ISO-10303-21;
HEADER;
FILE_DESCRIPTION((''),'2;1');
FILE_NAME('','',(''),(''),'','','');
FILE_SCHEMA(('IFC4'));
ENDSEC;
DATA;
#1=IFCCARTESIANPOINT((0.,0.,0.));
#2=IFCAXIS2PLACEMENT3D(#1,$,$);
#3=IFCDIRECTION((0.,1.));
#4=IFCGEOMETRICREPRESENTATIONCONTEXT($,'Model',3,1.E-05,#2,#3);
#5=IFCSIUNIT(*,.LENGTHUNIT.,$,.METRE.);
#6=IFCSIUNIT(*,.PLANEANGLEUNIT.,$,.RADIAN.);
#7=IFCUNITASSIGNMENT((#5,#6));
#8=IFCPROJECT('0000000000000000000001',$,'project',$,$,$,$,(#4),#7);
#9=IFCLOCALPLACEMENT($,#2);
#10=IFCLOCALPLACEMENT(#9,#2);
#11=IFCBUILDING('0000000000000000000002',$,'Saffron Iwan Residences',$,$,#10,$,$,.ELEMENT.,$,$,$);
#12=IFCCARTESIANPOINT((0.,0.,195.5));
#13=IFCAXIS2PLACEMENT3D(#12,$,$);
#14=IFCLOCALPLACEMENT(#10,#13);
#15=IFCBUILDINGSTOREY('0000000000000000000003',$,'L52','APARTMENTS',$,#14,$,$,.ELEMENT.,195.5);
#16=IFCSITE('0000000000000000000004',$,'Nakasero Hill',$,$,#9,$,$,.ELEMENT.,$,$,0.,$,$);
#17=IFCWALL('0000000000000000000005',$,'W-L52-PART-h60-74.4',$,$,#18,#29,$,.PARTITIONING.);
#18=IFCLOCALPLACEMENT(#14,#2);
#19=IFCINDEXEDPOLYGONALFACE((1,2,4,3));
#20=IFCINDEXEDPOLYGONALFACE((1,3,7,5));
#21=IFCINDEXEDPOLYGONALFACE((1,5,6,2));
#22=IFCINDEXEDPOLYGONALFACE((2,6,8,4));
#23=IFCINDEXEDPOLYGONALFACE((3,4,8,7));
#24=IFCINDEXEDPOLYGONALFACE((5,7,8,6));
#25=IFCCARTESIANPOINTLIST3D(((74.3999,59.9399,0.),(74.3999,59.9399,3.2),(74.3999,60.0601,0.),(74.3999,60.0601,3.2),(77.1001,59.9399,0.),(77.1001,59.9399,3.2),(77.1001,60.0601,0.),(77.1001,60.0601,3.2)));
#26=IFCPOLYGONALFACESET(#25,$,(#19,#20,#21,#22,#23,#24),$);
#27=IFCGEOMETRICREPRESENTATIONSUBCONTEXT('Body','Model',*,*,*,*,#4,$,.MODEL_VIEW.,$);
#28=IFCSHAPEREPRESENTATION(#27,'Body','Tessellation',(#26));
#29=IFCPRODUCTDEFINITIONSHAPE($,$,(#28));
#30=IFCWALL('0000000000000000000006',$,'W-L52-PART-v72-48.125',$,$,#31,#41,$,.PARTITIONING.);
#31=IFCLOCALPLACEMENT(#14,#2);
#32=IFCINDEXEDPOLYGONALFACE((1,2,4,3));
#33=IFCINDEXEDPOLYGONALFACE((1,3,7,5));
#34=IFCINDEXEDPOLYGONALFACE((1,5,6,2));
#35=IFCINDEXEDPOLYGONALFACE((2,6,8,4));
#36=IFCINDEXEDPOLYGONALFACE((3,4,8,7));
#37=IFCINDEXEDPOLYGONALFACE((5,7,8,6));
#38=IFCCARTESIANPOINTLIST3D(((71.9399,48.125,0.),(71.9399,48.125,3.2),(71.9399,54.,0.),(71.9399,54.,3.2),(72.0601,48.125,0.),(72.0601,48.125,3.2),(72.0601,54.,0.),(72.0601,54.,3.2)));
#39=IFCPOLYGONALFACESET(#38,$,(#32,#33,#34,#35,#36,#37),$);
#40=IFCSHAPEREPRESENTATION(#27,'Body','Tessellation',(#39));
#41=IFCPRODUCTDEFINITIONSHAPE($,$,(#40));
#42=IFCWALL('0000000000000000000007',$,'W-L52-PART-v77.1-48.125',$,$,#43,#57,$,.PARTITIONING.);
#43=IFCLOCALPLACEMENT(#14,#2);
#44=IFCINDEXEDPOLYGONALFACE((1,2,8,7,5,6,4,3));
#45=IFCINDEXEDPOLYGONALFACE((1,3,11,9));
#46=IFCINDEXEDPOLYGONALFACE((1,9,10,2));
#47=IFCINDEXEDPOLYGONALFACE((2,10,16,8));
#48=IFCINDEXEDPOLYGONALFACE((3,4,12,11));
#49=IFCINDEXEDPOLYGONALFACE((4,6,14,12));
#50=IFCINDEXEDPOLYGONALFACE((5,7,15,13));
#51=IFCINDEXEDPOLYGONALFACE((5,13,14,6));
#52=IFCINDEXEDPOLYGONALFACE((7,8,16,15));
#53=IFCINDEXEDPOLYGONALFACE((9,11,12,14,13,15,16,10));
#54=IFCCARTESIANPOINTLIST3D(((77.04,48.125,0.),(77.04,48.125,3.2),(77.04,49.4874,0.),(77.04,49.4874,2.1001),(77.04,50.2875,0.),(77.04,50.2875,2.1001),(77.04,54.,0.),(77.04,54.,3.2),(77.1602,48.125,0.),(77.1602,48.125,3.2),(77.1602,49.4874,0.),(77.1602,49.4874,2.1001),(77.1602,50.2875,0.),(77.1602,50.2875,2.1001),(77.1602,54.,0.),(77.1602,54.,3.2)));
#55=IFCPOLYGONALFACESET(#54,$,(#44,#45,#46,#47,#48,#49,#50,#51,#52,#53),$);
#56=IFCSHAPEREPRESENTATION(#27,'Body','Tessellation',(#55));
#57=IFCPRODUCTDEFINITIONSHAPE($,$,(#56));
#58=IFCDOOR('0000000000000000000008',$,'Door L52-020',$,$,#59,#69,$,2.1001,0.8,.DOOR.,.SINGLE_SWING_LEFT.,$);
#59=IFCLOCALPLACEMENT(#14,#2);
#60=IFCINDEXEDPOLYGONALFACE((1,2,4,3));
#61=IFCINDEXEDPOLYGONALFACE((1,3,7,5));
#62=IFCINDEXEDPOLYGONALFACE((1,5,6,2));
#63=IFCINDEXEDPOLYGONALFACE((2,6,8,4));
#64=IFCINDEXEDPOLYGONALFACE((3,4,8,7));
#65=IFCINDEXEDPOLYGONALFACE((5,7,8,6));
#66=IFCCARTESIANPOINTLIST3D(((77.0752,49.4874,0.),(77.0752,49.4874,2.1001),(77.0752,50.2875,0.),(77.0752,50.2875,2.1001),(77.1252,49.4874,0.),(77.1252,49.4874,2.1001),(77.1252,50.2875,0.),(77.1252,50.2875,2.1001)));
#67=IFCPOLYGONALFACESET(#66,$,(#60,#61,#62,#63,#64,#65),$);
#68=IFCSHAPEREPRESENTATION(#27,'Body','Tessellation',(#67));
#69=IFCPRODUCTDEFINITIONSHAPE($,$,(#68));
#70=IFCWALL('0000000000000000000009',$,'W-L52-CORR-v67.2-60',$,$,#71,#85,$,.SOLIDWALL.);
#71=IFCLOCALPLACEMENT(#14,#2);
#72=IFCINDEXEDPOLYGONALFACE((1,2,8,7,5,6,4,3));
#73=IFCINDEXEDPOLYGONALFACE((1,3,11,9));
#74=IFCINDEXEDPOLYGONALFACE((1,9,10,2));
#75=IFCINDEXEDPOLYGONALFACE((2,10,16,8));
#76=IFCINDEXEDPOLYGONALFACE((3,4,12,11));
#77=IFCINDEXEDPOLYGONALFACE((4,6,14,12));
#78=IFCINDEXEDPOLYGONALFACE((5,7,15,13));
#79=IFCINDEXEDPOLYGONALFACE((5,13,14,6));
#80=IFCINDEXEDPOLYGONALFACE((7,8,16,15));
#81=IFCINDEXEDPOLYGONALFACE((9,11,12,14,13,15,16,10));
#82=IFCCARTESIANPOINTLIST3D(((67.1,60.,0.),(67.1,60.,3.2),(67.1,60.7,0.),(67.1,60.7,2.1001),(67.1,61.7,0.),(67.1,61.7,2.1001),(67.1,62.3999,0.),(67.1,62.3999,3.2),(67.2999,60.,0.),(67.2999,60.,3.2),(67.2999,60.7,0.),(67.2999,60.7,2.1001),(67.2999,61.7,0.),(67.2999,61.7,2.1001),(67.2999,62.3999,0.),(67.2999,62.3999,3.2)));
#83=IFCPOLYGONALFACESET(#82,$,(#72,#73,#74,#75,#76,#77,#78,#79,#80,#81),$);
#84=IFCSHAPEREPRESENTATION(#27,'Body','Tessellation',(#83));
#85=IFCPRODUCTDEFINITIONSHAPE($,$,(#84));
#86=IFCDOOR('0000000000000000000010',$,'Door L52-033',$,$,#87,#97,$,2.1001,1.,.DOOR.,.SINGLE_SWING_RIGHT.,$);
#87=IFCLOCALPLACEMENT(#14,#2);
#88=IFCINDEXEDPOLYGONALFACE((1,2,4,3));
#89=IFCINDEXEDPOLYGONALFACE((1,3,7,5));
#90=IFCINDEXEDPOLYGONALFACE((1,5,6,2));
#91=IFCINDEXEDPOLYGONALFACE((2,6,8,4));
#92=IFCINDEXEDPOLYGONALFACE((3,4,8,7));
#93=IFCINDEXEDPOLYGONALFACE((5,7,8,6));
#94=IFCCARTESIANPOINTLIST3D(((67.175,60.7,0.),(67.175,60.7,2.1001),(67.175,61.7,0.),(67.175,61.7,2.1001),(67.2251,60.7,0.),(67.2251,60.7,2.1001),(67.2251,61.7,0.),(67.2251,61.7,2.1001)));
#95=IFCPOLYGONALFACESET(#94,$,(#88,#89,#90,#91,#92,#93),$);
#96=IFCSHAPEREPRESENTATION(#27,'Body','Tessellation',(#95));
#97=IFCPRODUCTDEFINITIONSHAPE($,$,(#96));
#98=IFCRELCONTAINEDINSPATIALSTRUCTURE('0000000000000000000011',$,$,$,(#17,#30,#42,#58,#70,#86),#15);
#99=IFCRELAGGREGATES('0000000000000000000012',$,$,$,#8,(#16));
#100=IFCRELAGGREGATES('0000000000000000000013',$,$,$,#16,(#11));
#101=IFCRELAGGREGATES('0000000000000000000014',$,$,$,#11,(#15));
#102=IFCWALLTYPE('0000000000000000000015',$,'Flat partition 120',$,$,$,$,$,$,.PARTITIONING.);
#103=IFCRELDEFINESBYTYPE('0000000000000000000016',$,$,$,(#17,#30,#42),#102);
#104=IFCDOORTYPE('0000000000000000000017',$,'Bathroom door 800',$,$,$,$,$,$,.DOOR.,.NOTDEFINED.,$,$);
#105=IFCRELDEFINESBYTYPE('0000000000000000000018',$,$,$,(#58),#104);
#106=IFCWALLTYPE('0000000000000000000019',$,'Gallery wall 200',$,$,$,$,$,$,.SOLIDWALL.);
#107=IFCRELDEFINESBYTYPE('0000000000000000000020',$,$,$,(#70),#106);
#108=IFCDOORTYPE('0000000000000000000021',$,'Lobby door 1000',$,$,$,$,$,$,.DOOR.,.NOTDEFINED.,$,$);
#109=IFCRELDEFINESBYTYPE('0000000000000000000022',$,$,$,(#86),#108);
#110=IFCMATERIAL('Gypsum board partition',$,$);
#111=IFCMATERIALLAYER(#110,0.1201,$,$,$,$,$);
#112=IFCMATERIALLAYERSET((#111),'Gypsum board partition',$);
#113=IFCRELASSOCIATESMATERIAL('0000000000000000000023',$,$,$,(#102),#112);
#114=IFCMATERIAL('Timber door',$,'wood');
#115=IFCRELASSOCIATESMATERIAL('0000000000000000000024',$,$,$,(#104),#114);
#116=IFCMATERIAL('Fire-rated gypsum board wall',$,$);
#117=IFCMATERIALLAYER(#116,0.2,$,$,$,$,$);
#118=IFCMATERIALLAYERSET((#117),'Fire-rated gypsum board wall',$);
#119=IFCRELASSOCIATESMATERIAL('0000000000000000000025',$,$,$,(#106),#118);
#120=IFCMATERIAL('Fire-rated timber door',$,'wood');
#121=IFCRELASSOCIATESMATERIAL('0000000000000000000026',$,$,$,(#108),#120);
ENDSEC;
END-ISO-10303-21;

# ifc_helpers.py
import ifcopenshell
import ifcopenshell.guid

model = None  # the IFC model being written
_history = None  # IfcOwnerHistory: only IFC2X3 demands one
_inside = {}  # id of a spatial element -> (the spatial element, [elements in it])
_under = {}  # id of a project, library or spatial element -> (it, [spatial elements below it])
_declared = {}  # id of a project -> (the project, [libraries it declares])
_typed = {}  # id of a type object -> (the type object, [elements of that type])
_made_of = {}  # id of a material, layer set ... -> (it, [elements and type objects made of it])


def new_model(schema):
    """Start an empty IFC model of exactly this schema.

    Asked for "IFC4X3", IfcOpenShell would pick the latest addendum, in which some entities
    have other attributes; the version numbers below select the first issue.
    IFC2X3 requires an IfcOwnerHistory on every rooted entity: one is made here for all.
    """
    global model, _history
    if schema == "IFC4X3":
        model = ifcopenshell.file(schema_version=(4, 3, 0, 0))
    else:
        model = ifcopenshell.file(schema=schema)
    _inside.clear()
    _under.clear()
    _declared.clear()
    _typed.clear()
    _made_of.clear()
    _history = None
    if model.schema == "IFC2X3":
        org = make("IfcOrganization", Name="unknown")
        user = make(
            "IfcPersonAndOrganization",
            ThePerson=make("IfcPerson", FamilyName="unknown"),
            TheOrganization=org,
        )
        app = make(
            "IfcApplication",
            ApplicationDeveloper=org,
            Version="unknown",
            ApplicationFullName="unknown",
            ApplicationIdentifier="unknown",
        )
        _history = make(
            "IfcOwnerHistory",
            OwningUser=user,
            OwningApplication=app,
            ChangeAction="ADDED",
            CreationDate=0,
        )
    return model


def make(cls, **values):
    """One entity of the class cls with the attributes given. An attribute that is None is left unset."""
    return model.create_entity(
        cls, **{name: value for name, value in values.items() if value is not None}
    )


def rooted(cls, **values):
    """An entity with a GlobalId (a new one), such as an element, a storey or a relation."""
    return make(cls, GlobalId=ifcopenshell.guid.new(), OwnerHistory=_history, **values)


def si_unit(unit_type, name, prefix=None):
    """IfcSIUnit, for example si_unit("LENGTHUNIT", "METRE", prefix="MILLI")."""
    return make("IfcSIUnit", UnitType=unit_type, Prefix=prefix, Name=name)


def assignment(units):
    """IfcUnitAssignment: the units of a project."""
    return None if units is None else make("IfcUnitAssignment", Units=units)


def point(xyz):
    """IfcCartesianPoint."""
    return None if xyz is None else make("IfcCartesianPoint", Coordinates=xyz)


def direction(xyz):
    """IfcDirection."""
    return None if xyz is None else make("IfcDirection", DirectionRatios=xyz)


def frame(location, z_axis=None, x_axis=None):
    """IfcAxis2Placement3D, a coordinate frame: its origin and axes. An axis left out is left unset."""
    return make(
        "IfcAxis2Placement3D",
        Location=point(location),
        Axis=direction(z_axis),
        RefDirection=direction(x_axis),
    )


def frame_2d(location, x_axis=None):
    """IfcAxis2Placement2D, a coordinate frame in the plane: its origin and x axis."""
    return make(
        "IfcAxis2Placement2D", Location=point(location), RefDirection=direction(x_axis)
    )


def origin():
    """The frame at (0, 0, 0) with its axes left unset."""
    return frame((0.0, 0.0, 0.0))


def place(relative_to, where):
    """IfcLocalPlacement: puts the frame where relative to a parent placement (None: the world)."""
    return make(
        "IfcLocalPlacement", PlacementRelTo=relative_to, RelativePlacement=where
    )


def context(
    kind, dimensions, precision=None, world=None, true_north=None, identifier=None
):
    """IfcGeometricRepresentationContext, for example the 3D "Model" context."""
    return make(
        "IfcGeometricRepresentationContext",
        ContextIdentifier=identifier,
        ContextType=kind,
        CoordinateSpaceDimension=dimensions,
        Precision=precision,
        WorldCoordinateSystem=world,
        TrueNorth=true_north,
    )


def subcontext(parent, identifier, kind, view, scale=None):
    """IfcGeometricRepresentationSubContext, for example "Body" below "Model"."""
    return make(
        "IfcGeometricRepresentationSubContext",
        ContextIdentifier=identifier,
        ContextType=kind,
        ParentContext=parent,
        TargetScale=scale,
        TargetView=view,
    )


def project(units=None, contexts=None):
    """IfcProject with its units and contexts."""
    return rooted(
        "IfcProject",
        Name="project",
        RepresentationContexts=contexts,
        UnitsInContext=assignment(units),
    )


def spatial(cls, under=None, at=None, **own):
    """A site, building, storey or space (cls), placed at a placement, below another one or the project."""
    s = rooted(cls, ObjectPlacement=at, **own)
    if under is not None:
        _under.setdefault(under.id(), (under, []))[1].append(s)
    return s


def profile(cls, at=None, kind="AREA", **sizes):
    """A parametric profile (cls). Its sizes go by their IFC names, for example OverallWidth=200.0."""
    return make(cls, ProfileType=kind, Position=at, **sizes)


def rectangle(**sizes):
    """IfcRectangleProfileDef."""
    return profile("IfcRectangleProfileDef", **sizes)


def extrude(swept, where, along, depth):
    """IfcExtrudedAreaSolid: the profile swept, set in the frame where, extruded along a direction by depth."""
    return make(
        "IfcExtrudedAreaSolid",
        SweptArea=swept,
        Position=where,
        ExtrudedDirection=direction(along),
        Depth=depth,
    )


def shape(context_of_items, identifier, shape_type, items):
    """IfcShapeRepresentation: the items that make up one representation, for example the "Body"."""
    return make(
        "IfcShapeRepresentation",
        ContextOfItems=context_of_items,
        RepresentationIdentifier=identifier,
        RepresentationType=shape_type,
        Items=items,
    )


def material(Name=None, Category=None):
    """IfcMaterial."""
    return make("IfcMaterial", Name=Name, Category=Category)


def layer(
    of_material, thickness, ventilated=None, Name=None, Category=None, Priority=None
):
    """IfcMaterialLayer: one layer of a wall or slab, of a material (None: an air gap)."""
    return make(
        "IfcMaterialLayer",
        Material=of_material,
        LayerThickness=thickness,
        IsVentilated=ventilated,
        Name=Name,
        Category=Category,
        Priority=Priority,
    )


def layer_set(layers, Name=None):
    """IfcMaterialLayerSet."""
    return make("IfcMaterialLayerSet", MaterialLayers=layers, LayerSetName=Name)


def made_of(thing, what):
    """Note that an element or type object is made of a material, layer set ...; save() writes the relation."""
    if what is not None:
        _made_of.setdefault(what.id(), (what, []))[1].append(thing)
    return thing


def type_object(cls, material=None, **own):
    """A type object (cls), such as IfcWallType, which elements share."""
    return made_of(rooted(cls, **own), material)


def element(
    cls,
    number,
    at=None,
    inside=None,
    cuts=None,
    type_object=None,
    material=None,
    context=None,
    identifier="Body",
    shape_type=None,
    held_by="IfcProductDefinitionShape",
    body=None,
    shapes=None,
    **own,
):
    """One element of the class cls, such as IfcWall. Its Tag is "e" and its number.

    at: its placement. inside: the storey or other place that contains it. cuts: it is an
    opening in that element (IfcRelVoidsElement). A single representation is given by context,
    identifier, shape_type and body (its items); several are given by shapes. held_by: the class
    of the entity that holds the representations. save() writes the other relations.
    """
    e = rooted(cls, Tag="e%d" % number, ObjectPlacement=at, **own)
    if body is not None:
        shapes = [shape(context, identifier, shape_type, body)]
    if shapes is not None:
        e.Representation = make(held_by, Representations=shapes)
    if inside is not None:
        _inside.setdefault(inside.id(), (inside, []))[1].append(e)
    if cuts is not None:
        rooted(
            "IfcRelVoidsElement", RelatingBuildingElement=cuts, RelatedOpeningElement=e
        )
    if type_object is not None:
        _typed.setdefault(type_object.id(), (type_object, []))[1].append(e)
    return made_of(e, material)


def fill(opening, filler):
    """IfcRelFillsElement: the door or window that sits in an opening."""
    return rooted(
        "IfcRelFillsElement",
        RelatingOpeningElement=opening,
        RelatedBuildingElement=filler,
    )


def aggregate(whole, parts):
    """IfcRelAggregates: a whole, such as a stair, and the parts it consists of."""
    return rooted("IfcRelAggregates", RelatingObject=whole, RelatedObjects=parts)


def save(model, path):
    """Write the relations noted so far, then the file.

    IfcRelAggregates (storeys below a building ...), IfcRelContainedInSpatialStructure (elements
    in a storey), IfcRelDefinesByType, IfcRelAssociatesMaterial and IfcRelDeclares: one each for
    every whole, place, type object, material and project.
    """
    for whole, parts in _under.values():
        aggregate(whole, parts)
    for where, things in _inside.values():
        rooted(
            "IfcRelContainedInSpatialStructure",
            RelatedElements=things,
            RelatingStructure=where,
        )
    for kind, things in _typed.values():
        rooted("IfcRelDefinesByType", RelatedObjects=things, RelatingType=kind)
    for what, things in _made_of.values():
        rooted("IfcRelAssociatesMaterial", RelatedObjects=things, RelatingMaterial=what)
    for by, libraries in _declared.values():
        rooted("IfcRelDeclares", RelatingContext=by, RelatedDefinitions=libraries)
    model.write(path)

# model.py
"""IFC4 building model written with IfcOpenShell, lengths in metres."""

from ifc_helpers import new_model, si_unit, direction, frame, frame_2d, origin, place, context, subcontext, project, spatial, rectangle, extrude, material, layer, layer_set, type_object, element, fill, save


model = new_model("IFC4")

# Units and contexts
model_context = context("Model", 3, precision=1e-05, world=origin(), true_north=direction((0.0, 1.0)))
body_context = subcontext(model_context, "Body", "Model", "MODEL_VIEW")
ifc_project = project(units=[si_unit("LENGTHUNIT", "METRE"), si_unit("PLANEANGLEUNIT", "RADIAN")], contexts=[model_context])

# Site, building, storey
site_placement = place(None, origin())
site = spatial("IfcSite", under=ifc_project, at=site_placement, Name="Nakasero Hill", CompositionType="ELEMENT", RefElevation=0.0)
building_placement = place(site_placement, origin())
building = spatial("IfcBuilding", under=site, at=building_placement, Name="Saffron Iwan Residences", CompositionType="ELEMENT")
storey_placement = place(building_placement, frame((0.0, 0.0, 195.5)))
storey = spatial("IfcBuildingStorey", under=building, at=storey_placement, Name="L52", Description="APARTMENTS", CompositionType="ELEMENT", Elevation=195.5)

# Shared definitions
ifc_material_1 = material(Name="Fire-rated gypsum board wall")
ifc_material_2 = material(Name="Gypsum board partition")
ifc_layer_1 = layer(ifc_material_2, 0.1201)
ifc_layer_set_1 = layer_set([ifc_layer_1], Name="Gypsum board partition")
wall_type_1 = type_object("IfcWallType", Name="Flat partition 120", PredefinedType="PARTITIONING", material=ifc_layer_set_1)

# Shared definitions
ifc_material_3 = material(Name="Timber door", Category="wood")
door_type_1 = type_object("IfcDoorType", Name="Bathroom door 800", OperationType="NOTDEFINED", PredefinedType="DOOR", material=ifc_material_3)

# Walls
wall_1_placement = place(storey_placement, frame((74.3999, 60.0, 0.0), z_axis=(0.0, 0.0, 1.0), x_axis=(1.0, 0.0, 0.0)))
element("IfcWall", 1, at=wall_1_placement, inside=storey, type_object=wall_type_1, Name="W-L52-PART-h60-74.4", PredefinedType="PARTITIONING", context=body_context, shape_type="SweptSolid", body=[
    extrude(rectangle(XDim=2.7002, YDim=0.1201, at=frame_2d((1.3501, 0.0))), origin(), (0.0, 0.0, 1.0), 3.2),
])
wall_2_placement = place(storey_placement, frame((72.0, 48.125, 0.0), z_axis=(0.0, 0.0, 1.0), x_axis=(0.0, 1.0, 0.0)))
element("IfcWall", 2, at=wall_2_placement, inside=storey, type_object=wall_type_1, Name="W-L52-PART-v72-48.125", PredefinedType="PARTITIONING", context=body_context, shape_type="SweptSolid", body=[
    extrude(rectangle(XDim=5.875, YDim=0.1201, at=frame_2d((2.9375, 0.0))), origin(), (0.0, 0.0, 1.0), 3.2),
])

# Walls, openings, doors
wall_3_placement = place(storey_placement, frame((77.1001, 48.125, 0.0), z_axis=(0.0, 0.0, 1.0), x_axis=(0.0, 1.0, 0.0)))
wall_3 = element("IfcWall", 3, at=wall_3_placement, inside=storey, type_object=wall_type_1, Name="W-L52-PART-v77.1-48.125", PredefinedType="PARTITIONING", context=body_context, shape_type="SweptSolid", body=[
    extrude(rectangle(XDim=5.875, YDim=0.1201, at=frame_2d((2.9375, 0.0))), origin(), (0.0, 0.0, 1.0), 3.2),
])
opening_1_placement = place(wall_3_placement, frame((1.3625, 0.0, 0.0)))
opening_1 = element("IfcOpeningElement", 4, at=opening_1_placement, cuts=wall_3, PredefinedType="OPENING", context=body_context, shape_type="SweptSolid", body=[
    extrude(rectangle(XDim=0.8, YDim=2.1001, at=frame_2d((0.3999, 1.05))), frame((0.0, 0.0701, 0.0), z_axis=(0.0, -1.0, 0.0), x_axis=(1.0, 0.0, 0.0)), (0.0, 0.0, 1.0), 0.1401),
])
door_1_placement = place(opening_1_placement, origin())
door_1 = element("IfcDoor", 5, at=door_1_placement, inside=storey, type_object=door_type_1, Name="Door L52-020", OperationType="SINGLE_SWING_LEFT", OverallHeight=2.1001, OverallWidth=0.8, PredefinedType="DOOR", context=body_context, shape_type="SweptSolid", body=[
    extrude(rectangle(XDim=0.8, YDim=2.1001, at=frame_2d((0.3999, 1.05))), frame((0.0, 0.0249, 0.0), z_axis=(0.0, -1.0, 0.0), x_axis=(1.0, 0.0, 0.0)), (0.0, 0.0, 1.0), 0.05),
])
fill(opening_1, door_1)
ifc_layer_2 = layer(ifc_material_1, 0.2)
ifc_layer_set_2 = layer_set([ifc_layer_2], Name="Fire-rated gypsum board wall")
wall_type_2 = type_object("IfcWallType", Name="Gallery wall 200", PredefinedType="SOLIDWALL", material=ifc_layer_set_2)
wall_4_placement = place(storey_placement, frame((67.2, 60.0, 0.0), z_axis=(0.0, 0.0, 1.0), x_axis=(0.0, 1.0, 0.0)))
wall_4 = element("IfcWall", 6, at=wall_4_placement, inside=storey, type_object=wall_type_2, Name="W-L52-CORR-v67.2-60", PredefinedType="SOLIDWALL", context=body_context, shape_type="SweptSolid", body=[
    extrude(rectangle(XDim=2.3999, YDim=0.2, at=frame_2d((1.2, 0.0))), origin(), (0.0, 0.0, 1.0), 3.2),
])
opening_2_placement = place(wall_4_placement, frame((0.7, 0.0, 0.0)))
opening_2 = element("IfcOpeningElement", 7, at=opening_2_placement, cuts=wall_4, PredefinedType="OPENING", context=body_context, shape_type="SweptSolid", body=[
    extrude(rectangle(XDim=1.0, YDim=2.1001, at=frame_2d((0.5, 1.05))), frame((0.0, 0.1099, 0.0), z_axis=(0.0, -1.0, 0.0), x_axis=(1.0, 0.0, 0.0)), (0.0, 0.0, 1.0), 0.22),
])
ifc_material_4 = material(Name="Fire-rated timber door", Category="wood")
door_type_2 = type_object("IfcDoorType", Name="Lobby door 1000", OperationType="NOTDEFINED", PredefinedType="DOOR", material=ifc_material_4)
door_2_placement = place(opening_2_placement, origin())
door_2 = element("IfcDoor", 8, at=door_2_placement, inside=storey, type_object=door_type_2, Name="Door L52-033", OperationType="SINGLE_SWING_RIGHT", OverallHeight=2.1001, OverallWidth=1.0, PredefinedType="DOOR", context=body_context, shape_type="SweptSolid", body=[
    extrude(rectangle(XDim=1.0, YDim=2.1001, at=frame_2d((0.5, 1.05))), frame((0.0, 0.0249, 0.0), z_axis=(0.0, -1.0, 0.0), x_axis=(1.0, 0.0, 0.0)), (0.0, 0.0, 1.0), 0.05),
])
fill(opening_2, door_2)

save(model, "model.ifc")
